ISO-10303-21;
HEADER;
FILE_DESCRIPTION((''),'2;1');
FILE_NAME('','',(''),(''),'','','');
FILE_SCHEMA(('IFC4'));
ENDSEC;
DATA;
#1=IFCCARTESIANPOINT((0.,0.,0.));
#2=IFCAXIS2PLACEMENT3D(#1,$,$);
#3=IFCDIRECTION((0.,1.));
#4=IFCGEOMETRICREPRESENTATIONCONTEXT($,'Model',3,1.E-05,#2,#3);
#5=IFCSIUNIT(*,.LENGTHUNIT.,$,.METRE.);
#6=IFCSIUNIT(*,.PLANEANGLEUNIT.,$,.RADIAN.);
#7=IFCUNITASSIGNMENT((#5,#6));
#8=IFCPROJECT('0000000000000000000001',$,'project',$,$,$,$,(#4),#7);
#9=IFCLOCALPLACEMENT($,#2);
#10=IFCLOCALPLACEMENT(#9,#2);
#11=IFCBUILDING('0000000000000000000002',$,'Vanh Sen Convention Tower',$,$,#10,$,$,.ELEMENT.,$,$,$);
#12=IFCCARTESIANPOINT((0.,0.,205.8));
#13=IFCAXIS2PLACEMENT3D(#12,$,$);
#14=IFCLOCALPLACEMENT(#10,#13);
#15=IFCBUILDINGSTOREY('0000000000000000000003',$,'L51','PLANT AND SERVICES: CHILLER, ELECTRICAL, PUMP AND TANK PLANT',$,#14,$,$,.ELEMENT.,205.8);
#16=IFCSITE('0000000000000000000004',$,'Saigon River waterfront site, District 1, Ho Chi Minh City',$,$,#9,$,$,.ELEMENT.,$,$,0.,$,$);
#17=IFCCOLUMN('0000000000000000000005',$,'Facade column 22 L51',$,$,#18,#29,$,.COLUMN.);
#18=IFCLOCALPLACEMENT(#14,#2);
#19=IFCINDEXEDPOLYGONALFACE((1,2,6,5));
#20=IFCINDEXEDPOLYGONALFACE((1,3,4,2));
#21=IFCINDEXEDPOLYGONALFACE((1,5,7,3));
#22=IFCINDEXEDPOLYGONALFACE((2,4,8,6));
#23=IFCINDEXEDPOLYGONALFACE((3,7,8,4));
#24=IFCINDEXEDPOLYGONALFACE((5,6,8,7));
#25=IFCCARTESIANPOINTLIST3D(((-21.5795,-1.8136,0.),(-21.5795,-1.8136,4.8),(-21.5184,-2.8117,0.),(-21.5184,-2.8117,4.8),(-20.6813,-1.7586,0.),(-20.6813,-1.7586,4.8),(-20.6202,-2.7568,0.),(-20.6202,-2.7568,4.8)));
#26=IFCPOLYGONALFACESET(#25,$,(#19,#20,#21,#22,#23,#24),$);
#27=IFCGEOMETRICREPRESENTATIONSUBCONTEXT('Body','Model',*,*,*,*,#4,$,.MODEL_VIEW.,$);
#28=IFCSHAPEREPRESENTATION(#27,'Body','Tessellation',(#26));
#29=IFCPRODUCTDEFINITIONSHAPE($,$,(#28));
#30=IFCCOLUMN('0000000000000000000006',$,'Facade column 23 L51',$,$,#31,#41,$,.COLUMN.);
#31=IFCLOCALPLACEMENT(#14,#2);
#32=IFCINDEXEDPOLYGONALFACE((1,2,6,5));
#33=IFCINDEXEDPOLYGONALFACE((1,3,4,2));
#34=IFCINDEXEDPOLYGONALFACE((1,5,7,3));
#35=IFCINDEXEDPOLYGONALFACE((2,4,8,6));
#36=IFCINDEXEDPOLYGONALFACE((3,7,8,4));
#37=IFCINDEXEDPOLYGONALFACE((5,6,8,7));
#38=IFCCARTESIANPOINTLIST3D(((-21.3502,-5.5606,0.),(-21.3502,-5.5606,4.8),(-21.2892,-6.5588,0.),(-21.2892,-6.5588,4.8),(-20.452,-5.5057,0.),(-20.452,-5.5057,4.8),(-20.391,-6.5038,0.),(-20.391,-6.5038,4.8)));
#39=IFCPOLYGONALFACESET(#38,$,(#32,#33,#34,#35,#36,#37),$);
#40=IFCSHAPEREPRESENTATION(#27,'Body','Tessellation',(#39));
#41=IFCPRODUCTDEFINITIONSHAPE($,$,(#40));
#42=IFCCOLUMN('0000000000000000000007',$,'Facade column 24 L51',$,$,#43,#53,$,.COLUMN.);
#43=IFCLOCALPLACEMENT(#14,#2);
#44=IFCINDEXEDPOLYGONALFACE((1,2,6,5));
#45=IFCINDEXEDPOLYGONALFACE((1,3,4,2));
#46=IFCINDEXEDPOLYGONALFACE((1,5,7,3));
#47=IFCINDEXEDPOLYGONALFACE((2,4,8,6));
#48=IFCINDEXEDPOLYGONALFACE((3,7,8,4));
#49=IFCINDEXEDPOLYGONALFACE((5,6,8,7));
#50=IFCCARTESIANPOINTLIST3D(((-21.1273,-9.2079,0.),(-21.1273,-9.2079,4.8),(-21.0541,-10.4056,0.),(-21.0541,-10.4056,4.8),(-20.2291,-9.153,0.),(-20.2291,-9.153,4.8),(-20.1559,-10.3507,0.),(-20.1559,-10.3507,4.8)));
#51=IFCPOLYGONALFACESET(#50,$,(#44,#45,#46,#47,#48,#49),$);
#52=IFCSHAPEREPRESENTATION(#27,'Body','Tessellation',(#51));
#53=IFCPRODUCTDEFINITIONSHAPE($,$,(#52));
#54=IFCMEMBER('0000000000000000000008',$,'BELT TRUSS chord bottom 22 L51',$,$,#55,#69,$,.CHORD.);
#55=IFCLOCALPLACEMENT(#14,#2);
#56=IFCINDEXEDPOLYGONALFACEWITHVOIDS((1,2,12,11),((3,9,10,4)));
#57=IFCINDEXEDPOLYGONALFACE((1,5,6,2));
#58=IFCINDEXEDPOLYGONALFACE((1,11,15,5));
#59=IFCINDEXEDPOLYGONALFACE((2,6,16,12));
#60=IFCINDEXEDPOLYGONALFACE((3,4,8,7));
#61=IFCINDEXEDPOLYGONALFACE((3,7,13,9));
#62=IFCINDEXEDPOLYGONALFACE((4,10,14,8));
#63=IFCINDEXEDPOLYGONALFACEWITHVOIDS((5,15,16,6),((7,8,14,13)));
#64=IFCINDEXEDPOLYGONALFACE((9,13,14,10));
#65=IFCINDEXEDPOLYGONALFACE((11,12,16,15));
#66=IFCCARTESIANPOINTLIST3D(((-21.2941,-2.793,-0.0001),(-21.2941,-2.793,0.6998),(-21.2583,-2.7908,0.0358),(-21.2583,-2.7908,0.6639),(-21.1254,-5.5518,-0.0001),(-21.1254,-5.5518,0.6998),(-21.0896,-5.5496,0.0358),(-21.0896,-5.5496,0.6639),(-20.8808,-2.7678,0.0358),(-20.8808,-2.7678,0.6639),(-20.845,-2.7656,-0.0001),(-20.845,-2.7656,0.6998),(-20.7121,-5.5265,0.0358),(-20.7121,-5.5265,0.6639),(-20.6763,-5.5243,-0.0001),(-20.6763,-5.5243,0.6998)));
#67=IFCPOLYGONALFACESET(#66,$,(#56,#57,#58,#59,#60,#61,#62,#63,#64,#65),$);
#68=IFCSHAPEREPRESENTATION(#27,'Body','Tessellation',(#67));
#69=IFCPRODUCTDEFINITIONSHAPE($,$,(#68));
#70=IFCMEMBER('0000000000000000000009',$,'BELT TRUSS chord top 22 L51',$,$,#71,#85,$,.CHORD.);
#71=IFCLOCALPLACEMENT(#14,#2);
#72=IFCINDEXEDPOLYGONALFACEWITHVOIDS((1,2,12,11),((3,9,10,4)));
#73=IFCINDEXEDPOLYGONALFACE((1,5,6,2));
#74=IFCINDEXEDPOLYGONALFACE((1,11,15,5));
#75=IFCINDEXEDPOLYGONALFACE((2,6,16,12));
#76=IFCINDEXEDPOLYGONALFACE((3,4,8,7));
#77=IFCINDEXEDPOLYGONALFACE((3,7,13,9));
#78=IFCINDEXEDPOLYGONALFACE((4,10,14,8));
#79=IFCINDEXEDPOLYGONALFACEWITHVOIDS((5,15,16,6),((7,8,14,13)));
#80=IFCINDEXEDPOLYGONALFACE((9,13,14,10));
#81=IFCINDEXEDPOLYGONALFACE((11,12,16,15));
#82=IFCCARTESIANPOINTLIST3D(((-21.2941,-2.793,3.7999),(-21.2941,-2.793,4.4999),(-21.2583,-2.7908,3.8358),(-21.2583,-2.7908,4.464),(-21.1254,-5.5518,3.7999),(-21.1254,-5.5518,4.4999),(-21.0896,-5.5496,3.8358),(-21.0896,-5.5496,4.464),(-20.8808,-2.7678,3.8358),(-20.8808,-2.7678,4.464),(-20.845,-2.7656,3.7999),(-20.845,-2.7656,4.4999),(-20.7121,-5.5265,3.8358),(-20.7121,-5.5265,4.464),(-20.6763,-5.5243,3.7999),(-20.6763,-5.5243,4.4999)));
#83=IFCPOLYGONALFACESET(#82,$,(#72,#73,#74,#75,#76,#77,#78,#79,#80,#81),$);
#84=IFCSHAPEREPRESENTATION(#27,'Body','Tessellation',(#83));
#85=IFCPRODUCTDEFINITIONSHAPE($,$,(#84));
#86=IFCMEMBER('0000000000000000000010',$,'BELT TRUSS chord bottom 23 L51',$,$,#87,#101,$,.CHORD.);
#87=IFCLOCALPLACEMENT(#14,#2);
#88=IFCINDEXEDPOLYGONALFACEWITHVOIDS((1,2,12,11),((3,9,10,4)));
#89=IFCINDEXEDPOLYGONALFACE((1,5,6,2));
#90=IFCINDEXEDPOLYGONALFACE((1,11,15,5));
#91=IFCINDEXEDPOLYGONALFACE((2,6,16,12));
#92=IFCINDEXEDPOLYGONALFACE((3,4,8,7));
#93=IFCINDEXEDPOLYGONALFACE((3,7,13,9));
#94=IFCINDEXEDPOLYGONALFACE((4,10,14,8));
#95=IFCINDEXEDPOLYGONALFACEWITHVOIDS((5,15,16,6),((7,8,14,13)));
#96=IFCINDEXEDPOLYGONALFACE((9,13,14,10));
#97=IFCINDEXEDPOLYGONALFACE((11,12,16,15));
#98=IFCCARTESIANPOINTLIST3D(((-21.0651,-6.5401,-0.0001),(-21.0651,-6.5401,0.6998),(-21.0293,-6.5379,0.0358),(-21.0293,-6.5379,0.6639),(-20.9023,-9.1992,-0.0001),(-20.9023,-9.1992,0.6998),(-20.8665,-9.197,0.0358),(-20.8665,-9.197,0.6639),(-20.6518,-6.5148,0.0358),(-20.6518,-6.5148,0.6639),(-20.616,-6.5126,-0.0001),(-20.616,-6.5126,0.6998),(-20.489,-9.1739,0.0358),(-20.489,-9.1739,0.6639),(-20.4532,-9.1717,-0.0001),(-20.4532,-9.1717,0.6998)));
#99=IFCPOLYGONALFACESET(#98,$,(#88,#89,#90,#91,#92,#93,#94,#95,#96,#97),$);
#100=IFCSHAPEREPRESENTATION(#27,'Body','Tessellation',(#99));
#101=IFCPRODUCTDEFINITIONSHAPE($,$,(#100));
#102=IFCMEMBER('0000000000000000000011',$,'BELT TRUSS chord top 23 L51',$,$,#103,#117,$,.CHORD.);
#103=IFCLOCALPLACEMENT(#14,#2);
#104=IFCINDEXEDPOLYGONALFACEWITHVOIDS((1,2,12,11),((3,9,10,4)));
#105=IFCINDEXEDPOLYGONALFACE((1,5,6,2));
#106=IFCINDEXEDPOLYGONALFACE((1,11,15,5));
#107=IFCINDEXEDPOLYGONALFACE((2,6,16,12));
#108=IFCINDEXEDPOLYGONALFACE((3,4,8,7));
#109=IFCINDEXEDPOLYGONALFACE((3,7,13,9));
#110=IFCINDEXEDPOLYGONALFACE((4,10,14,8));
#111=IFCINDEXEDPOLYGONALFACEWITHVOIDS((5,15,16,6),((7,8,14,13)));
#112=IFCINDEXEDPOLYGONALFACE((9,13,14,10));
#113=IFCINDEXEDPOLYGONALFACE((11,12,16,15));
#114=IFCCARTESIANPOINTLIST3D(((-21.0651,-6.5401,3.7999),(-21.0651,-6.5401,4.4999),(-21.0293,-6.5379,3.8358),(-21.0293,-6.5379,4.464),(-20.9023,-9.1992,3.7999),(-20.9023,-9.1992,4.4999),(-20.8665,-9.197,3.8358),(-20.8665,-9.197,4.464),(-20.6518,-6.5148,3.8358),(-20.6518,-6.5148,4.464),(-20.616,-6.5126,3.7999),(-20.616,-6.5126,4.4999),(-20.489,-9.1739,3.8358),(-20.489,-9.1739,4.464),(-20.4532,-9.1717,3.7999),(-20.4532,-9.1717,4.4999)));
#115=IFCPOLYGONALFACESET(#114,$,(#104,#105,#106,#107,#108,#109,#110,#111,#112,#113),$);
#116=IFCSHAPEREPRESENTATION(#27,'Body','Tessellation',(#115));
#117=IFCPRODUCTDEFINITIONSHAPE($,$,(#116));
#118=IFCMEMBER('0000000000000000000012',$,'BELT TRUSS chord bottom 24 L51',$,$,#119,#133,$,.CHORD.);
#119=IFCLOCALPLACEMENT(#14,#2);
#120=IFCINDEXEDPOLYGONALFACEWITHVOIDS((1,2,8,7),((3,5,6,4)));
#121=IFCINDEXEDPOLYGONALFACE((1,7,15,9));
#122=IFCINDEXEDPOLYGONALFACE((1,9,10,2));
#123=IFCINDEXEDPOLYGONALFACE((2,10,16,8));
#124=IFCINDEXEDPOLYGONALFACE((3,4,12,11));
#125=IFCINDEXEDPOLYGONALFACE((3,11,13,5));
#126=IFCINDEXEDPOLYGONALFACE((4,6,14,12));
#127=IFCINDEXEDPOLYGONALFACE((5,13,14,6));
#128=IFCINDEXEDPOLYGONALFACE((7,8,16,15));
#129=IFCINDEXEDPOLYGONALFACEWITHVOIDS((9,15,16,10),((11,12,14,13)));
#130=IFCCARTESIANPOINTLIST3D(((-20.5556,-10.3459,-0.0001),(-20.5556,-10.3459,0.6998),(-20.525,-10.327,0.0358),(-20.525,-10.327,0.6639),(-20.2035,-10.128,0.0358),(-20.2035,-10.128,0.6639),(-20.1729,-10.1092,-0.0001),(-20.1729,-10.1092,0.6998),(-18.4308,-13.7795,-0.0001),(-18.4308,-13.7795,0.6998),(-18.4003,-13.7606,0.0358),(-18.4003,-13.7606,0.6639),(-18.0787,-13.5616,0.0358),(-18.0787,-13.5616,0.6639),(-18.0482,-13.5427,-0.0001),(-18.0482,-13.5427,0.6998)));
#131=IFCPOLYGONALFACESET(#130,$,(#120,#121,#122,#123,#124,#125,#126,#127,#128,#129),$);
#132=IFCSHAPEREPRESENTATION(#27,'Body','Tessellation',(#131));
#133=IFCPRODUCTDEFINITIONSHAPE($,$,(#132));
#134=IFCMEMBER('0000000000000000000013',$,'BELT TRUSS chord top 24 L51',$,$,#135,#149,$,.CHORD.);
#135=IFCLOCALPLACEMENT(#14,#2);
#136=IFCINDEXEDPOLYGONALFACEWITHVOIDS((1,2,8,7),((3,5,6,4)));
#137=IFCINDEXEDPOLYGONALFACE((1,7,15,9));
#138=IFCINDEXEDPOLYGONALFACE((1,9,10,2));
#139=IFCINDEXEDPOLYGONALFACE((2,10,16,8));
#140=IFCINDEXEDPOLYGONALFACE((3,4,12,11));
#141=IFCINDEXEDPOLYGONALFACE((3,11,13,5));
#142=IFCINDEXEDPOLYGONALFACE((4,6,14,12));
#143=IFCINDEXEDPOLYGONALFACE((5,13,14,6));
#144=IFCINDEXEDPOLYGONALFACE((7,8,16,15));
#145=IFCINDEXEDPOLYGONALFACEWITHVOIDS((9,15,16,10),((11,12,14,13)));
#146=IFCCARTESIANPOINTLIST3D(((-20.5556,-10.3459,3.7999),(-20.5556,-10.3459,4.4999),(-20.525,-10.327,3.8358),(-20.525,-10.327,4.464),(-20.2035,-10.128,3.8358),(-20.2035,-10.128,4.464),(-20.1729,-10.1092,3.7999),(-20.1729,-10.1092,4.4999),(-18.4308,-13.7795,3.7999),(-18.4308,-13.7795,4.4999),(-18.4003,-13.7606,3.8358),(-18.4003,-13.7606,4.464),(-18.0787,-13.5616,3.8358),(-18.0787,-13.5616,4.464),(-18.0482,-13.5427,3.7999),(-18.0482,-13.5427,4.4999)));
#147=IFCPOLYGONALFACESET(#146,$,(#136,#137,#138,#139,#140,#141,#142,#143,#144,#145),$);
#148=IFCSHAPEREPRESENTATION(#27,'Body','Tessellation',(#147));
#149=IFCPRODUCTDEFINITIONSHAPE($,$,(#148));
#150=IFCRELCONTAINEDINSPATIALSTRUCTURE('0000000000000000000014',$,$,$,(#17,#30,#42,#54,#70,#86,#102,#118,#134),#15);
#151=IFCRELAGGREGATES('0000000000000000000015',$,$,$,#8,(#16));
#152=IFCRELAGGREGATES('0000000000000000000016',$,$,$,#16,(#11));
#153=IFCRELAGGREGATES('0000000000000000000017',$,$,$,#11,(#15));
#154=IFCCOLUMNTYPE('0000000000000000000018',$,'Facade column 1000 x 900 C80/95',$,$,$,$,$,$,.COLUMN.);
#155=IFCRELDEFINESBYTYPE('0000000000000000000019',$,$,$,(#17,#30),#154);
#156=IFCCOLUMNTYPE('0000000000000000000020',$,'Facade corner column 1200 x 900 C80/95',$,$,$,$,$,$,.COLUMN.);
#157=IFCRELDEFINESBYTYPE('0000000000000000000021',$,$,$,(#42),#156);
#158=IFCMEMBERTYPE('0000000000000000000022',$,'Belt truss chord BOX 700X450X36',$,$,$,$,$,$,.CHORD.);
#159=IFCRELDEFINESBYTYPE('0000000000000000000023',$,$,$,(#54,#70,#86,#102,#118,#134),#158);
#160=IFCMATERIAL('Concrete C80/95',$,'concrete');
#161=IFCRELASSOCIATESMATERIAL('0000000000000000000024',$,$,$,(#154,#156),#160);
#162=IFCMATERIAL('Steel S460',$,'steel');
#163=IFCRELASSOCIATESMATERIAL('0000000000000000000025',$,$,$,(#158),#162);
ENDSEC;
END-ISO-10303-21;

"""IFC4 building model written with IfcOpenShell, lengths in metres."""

from ifc_helpers import new_model, si_unit, direction, frame, origin, origin_2d, place, context, subcontext, project, spatial, rectangle, hollow_rectangle, extrude, material, material_profile, profile_set, type_object, element, save


model = new_model("IFC4")

# Units and contexts
model_context = context("Model", 3, precision=1e-05, world=origin(), true_north=direction((0.0, 1.0)))
body_context = subcontext(model_context, "Body", "Model", "MODEL_VIEW")
ifc_project = project(units=[si_unit("LENGTHUNIT", "METRE"), si_unit("PLANEANGLEUNIT", "RADIAN")], contexts=[model_context])

# Site, building, storey
site_placement = place(None, origin())
site = spatial("IfcSite", under=ifc_project, at=site_placement, Name="Saigon River waterfront site, District 1, Ho Chi Minh City", CompositionType="ELEMENT", RefElevation=0.0)
building_placement = place(site_placement, origin())
building = spatial("IfcBuilding", under=site, at=building_placement, Name="Vanh Sen Convention Tower", CompositionType="ELEMENT")
storey_placement = place(building_placement, frame((0.0, 0.0, 205.8)))
storey = spatial("IfcBuildingStorey", under=building, at=storey_placement, Name="L51", Description="PLANT AND SERVICES: CHILLER, ELECTRICAL, PUMP AND TANK PLANT", CompositionType="ELEMENT", Elevation=205.8)

# Columns
ifc_material_1 = material(Name="Concrete C80/95", Category="concrete")
ifc_material_profile_1 = material_profile(ifc_material_1, rectangle(XDim=1.0, YDim=0.8999, at=origin_2d()), Name="RC 1000X900")
ifc_profile_set_1 = profile_set([ifc_material_profile_1], Name="Concrete C80/95")
column_type_1 = type_object("IfcColumnType", Name="Facade column 1000 x 900 C80/95", PredefinedType="COLUMN", material=ifc_profile_set_1)
for number, where, z_axis, x_axis, name in (
    (1, (-21.0999, -2.2852, 0.0), (0.0, 0.0, 1.0), (0.061049, -0.998135, 0.0), "Facade column 22 L51"),
    (2, (-20.8706, -6.0322, 0.0), (0.0, 0.0, 1.0), (0.061049, -0.998135, 0.0), "Facade column 23 L51"),
):
    element("IfcColumn", number, at=place(storey_placement, frame(where, z_axis=z_axis, x_axis=x_axis)), inside=storey, type_object=column_type_1, Name=name, PredefinedType="COLUMN", context=body_context, shape_type="SweptSolid", body=[
        extrude(rectangle(XDim=1.0, YDim=0.8999, at=origin_2d()), origin(), (0.0, 0.0, 1.0), 4.8),
    ])
ifc_material_profile_2 = material_profile(ifc_material_1, rectangle(XDim=1.2, YDim=0.8999, at=origin_2d()), Name="RC 1200X900")
ifc_profile_set_2 = profile_set([ifc_material_profile_2], Name="Concrete C80/95")
column_type_2 = type_object("IfcColumnType", Name="Facade corner column 1200 x 900 C80/95", PredefinedType="COLUMN", material=ifc_profile_set_2)
column_placement = place(storey_placement, frame((-20.6416, -9.7793, 0.0), z_axis=(0.0, 0.0, 1.0), x_axis=(0.061049, -0.998135, 0.0)))
element("IfcColumn", 3, at=column_placement, inside=storey, type_object=column_type_2, Name="Facade column 24 L51", PredefinedType="COLUMN", context=body_context, shape_type="SweptSolid", body=[
    extrude(rectangle(XDim=1.2, YDim=0.8999, at=origin_2d()), origin(), (0.0, 0.0, 1.0), 4.8),
])

# Members
ifc_material_2 = material(Name="Steel S460", Category="steel")
ifc_material_profile_3 = material_profile(ifc_material_2, hollow_rectangle(XDim=0.45, YDim=0.7, WallThickness=0.0359, at=origin_2d()), Name="BOX 700X450X36")
ifc_profile_set_3 = profile_set([ifc_material_profile_3], Name="Steel S460")
member_type_1 = type_object("IfcMemberType", Name="Belt truss chord BOX 700X450X36", PredefinedType="CHORD", material=ifc_profile_set_3)
for number, where, z_axis, x_axis, name in (
    (4, (-21.0696, -2.7793, 0.3499), (0.061036, -0.998136, 0.0), (0.998136, 0.061036, 0.0), "BELT TRUSS chord bottom 22 L51"),
    (5, (-21.0696, -2.7793, 4.1499), (0.061036, -0.998136, 0.0), (0.998136, 0.061036, 0.0), "BELT TRUSS chord top 22 L51"),
):
    element("IfcMember", number, at=place(storey_placement, frame(where, z_axis=z_axis, x_axis=x_axis)), inside=storey, type_object=member_type_1, Name=name, PredefinedType="CHORD", context=body_context, shape_type="SweptSolid", body=[
        extrude(hollow_rectangle(XDim=0.45, YDim=0.7, WallThickness=0.0359, at=origin_2d()), origin(), (0.0, 0.0, 1.0), 2.7639),
    ])
for number, where, z_axis, x_axis, name in (
    (6, (-20.8406, -6.5264, 0.3499), (0.061123, -0.99813, 0.0), (0.99813, 0.061123, 0.0), "BELT TRUSS chord bottom 23 L51"),
    (7, (-20.8406, -6.5264, 4.1499), (0.061123, -0.99813, 0.0), (0.99813, 0.061123, 0.0), "BELT TRUSS chord top 23 L51"),
):
    element("IfcMember", number, at=place(storey_placement, frame(where, z_axis=z_axis, x_axis=x_axis)), inside=storey, type_object=member_type_1, Name=name, PredefinedType="CHORD", context=body_context, shape_type="SweptSolid", body=[
        extrude(hollow_rectangle(XDim=0.45, YDim=0.7, WallThickness=0.0359, at=origin_2d()), origin(), (0.0, 0.0, 1.0), 2.6641),
    ])
for number, where, z_axis, x_axis, name in (
    (8, (-20.3643, -10.2275, 0.3499), (0.526211, -0.850354, 0.0), (0.850354, 0.526211, 0.0), "BELT TRUSS chord bottom 24 L51"),
    (9, (-20.3643, -10.2275, 4.1499), (0.526211, -0.850354, 0.0), (0.850354, 0.526211, 0.0), "BELT TRUSS chord top 24 L51"),
):
    element("IfcMember", number, at=place(storey_placement, frame(where, z_axis=z_axis, x_axis=x_axis)), inside=storey, type_object=member_type_1, Name=name, PredefinedType="CHORD", context=body_context, shape_type="SweptSolid", body=[
        extrude(hollow_rectangle(XDim=0.45, YDim=0.7, WallThickness=0.0359, at=origin_2d()), origin(), (0.0, 0.0, 1.0), 4.0378),
    ])

save(model, "model.ifc")
